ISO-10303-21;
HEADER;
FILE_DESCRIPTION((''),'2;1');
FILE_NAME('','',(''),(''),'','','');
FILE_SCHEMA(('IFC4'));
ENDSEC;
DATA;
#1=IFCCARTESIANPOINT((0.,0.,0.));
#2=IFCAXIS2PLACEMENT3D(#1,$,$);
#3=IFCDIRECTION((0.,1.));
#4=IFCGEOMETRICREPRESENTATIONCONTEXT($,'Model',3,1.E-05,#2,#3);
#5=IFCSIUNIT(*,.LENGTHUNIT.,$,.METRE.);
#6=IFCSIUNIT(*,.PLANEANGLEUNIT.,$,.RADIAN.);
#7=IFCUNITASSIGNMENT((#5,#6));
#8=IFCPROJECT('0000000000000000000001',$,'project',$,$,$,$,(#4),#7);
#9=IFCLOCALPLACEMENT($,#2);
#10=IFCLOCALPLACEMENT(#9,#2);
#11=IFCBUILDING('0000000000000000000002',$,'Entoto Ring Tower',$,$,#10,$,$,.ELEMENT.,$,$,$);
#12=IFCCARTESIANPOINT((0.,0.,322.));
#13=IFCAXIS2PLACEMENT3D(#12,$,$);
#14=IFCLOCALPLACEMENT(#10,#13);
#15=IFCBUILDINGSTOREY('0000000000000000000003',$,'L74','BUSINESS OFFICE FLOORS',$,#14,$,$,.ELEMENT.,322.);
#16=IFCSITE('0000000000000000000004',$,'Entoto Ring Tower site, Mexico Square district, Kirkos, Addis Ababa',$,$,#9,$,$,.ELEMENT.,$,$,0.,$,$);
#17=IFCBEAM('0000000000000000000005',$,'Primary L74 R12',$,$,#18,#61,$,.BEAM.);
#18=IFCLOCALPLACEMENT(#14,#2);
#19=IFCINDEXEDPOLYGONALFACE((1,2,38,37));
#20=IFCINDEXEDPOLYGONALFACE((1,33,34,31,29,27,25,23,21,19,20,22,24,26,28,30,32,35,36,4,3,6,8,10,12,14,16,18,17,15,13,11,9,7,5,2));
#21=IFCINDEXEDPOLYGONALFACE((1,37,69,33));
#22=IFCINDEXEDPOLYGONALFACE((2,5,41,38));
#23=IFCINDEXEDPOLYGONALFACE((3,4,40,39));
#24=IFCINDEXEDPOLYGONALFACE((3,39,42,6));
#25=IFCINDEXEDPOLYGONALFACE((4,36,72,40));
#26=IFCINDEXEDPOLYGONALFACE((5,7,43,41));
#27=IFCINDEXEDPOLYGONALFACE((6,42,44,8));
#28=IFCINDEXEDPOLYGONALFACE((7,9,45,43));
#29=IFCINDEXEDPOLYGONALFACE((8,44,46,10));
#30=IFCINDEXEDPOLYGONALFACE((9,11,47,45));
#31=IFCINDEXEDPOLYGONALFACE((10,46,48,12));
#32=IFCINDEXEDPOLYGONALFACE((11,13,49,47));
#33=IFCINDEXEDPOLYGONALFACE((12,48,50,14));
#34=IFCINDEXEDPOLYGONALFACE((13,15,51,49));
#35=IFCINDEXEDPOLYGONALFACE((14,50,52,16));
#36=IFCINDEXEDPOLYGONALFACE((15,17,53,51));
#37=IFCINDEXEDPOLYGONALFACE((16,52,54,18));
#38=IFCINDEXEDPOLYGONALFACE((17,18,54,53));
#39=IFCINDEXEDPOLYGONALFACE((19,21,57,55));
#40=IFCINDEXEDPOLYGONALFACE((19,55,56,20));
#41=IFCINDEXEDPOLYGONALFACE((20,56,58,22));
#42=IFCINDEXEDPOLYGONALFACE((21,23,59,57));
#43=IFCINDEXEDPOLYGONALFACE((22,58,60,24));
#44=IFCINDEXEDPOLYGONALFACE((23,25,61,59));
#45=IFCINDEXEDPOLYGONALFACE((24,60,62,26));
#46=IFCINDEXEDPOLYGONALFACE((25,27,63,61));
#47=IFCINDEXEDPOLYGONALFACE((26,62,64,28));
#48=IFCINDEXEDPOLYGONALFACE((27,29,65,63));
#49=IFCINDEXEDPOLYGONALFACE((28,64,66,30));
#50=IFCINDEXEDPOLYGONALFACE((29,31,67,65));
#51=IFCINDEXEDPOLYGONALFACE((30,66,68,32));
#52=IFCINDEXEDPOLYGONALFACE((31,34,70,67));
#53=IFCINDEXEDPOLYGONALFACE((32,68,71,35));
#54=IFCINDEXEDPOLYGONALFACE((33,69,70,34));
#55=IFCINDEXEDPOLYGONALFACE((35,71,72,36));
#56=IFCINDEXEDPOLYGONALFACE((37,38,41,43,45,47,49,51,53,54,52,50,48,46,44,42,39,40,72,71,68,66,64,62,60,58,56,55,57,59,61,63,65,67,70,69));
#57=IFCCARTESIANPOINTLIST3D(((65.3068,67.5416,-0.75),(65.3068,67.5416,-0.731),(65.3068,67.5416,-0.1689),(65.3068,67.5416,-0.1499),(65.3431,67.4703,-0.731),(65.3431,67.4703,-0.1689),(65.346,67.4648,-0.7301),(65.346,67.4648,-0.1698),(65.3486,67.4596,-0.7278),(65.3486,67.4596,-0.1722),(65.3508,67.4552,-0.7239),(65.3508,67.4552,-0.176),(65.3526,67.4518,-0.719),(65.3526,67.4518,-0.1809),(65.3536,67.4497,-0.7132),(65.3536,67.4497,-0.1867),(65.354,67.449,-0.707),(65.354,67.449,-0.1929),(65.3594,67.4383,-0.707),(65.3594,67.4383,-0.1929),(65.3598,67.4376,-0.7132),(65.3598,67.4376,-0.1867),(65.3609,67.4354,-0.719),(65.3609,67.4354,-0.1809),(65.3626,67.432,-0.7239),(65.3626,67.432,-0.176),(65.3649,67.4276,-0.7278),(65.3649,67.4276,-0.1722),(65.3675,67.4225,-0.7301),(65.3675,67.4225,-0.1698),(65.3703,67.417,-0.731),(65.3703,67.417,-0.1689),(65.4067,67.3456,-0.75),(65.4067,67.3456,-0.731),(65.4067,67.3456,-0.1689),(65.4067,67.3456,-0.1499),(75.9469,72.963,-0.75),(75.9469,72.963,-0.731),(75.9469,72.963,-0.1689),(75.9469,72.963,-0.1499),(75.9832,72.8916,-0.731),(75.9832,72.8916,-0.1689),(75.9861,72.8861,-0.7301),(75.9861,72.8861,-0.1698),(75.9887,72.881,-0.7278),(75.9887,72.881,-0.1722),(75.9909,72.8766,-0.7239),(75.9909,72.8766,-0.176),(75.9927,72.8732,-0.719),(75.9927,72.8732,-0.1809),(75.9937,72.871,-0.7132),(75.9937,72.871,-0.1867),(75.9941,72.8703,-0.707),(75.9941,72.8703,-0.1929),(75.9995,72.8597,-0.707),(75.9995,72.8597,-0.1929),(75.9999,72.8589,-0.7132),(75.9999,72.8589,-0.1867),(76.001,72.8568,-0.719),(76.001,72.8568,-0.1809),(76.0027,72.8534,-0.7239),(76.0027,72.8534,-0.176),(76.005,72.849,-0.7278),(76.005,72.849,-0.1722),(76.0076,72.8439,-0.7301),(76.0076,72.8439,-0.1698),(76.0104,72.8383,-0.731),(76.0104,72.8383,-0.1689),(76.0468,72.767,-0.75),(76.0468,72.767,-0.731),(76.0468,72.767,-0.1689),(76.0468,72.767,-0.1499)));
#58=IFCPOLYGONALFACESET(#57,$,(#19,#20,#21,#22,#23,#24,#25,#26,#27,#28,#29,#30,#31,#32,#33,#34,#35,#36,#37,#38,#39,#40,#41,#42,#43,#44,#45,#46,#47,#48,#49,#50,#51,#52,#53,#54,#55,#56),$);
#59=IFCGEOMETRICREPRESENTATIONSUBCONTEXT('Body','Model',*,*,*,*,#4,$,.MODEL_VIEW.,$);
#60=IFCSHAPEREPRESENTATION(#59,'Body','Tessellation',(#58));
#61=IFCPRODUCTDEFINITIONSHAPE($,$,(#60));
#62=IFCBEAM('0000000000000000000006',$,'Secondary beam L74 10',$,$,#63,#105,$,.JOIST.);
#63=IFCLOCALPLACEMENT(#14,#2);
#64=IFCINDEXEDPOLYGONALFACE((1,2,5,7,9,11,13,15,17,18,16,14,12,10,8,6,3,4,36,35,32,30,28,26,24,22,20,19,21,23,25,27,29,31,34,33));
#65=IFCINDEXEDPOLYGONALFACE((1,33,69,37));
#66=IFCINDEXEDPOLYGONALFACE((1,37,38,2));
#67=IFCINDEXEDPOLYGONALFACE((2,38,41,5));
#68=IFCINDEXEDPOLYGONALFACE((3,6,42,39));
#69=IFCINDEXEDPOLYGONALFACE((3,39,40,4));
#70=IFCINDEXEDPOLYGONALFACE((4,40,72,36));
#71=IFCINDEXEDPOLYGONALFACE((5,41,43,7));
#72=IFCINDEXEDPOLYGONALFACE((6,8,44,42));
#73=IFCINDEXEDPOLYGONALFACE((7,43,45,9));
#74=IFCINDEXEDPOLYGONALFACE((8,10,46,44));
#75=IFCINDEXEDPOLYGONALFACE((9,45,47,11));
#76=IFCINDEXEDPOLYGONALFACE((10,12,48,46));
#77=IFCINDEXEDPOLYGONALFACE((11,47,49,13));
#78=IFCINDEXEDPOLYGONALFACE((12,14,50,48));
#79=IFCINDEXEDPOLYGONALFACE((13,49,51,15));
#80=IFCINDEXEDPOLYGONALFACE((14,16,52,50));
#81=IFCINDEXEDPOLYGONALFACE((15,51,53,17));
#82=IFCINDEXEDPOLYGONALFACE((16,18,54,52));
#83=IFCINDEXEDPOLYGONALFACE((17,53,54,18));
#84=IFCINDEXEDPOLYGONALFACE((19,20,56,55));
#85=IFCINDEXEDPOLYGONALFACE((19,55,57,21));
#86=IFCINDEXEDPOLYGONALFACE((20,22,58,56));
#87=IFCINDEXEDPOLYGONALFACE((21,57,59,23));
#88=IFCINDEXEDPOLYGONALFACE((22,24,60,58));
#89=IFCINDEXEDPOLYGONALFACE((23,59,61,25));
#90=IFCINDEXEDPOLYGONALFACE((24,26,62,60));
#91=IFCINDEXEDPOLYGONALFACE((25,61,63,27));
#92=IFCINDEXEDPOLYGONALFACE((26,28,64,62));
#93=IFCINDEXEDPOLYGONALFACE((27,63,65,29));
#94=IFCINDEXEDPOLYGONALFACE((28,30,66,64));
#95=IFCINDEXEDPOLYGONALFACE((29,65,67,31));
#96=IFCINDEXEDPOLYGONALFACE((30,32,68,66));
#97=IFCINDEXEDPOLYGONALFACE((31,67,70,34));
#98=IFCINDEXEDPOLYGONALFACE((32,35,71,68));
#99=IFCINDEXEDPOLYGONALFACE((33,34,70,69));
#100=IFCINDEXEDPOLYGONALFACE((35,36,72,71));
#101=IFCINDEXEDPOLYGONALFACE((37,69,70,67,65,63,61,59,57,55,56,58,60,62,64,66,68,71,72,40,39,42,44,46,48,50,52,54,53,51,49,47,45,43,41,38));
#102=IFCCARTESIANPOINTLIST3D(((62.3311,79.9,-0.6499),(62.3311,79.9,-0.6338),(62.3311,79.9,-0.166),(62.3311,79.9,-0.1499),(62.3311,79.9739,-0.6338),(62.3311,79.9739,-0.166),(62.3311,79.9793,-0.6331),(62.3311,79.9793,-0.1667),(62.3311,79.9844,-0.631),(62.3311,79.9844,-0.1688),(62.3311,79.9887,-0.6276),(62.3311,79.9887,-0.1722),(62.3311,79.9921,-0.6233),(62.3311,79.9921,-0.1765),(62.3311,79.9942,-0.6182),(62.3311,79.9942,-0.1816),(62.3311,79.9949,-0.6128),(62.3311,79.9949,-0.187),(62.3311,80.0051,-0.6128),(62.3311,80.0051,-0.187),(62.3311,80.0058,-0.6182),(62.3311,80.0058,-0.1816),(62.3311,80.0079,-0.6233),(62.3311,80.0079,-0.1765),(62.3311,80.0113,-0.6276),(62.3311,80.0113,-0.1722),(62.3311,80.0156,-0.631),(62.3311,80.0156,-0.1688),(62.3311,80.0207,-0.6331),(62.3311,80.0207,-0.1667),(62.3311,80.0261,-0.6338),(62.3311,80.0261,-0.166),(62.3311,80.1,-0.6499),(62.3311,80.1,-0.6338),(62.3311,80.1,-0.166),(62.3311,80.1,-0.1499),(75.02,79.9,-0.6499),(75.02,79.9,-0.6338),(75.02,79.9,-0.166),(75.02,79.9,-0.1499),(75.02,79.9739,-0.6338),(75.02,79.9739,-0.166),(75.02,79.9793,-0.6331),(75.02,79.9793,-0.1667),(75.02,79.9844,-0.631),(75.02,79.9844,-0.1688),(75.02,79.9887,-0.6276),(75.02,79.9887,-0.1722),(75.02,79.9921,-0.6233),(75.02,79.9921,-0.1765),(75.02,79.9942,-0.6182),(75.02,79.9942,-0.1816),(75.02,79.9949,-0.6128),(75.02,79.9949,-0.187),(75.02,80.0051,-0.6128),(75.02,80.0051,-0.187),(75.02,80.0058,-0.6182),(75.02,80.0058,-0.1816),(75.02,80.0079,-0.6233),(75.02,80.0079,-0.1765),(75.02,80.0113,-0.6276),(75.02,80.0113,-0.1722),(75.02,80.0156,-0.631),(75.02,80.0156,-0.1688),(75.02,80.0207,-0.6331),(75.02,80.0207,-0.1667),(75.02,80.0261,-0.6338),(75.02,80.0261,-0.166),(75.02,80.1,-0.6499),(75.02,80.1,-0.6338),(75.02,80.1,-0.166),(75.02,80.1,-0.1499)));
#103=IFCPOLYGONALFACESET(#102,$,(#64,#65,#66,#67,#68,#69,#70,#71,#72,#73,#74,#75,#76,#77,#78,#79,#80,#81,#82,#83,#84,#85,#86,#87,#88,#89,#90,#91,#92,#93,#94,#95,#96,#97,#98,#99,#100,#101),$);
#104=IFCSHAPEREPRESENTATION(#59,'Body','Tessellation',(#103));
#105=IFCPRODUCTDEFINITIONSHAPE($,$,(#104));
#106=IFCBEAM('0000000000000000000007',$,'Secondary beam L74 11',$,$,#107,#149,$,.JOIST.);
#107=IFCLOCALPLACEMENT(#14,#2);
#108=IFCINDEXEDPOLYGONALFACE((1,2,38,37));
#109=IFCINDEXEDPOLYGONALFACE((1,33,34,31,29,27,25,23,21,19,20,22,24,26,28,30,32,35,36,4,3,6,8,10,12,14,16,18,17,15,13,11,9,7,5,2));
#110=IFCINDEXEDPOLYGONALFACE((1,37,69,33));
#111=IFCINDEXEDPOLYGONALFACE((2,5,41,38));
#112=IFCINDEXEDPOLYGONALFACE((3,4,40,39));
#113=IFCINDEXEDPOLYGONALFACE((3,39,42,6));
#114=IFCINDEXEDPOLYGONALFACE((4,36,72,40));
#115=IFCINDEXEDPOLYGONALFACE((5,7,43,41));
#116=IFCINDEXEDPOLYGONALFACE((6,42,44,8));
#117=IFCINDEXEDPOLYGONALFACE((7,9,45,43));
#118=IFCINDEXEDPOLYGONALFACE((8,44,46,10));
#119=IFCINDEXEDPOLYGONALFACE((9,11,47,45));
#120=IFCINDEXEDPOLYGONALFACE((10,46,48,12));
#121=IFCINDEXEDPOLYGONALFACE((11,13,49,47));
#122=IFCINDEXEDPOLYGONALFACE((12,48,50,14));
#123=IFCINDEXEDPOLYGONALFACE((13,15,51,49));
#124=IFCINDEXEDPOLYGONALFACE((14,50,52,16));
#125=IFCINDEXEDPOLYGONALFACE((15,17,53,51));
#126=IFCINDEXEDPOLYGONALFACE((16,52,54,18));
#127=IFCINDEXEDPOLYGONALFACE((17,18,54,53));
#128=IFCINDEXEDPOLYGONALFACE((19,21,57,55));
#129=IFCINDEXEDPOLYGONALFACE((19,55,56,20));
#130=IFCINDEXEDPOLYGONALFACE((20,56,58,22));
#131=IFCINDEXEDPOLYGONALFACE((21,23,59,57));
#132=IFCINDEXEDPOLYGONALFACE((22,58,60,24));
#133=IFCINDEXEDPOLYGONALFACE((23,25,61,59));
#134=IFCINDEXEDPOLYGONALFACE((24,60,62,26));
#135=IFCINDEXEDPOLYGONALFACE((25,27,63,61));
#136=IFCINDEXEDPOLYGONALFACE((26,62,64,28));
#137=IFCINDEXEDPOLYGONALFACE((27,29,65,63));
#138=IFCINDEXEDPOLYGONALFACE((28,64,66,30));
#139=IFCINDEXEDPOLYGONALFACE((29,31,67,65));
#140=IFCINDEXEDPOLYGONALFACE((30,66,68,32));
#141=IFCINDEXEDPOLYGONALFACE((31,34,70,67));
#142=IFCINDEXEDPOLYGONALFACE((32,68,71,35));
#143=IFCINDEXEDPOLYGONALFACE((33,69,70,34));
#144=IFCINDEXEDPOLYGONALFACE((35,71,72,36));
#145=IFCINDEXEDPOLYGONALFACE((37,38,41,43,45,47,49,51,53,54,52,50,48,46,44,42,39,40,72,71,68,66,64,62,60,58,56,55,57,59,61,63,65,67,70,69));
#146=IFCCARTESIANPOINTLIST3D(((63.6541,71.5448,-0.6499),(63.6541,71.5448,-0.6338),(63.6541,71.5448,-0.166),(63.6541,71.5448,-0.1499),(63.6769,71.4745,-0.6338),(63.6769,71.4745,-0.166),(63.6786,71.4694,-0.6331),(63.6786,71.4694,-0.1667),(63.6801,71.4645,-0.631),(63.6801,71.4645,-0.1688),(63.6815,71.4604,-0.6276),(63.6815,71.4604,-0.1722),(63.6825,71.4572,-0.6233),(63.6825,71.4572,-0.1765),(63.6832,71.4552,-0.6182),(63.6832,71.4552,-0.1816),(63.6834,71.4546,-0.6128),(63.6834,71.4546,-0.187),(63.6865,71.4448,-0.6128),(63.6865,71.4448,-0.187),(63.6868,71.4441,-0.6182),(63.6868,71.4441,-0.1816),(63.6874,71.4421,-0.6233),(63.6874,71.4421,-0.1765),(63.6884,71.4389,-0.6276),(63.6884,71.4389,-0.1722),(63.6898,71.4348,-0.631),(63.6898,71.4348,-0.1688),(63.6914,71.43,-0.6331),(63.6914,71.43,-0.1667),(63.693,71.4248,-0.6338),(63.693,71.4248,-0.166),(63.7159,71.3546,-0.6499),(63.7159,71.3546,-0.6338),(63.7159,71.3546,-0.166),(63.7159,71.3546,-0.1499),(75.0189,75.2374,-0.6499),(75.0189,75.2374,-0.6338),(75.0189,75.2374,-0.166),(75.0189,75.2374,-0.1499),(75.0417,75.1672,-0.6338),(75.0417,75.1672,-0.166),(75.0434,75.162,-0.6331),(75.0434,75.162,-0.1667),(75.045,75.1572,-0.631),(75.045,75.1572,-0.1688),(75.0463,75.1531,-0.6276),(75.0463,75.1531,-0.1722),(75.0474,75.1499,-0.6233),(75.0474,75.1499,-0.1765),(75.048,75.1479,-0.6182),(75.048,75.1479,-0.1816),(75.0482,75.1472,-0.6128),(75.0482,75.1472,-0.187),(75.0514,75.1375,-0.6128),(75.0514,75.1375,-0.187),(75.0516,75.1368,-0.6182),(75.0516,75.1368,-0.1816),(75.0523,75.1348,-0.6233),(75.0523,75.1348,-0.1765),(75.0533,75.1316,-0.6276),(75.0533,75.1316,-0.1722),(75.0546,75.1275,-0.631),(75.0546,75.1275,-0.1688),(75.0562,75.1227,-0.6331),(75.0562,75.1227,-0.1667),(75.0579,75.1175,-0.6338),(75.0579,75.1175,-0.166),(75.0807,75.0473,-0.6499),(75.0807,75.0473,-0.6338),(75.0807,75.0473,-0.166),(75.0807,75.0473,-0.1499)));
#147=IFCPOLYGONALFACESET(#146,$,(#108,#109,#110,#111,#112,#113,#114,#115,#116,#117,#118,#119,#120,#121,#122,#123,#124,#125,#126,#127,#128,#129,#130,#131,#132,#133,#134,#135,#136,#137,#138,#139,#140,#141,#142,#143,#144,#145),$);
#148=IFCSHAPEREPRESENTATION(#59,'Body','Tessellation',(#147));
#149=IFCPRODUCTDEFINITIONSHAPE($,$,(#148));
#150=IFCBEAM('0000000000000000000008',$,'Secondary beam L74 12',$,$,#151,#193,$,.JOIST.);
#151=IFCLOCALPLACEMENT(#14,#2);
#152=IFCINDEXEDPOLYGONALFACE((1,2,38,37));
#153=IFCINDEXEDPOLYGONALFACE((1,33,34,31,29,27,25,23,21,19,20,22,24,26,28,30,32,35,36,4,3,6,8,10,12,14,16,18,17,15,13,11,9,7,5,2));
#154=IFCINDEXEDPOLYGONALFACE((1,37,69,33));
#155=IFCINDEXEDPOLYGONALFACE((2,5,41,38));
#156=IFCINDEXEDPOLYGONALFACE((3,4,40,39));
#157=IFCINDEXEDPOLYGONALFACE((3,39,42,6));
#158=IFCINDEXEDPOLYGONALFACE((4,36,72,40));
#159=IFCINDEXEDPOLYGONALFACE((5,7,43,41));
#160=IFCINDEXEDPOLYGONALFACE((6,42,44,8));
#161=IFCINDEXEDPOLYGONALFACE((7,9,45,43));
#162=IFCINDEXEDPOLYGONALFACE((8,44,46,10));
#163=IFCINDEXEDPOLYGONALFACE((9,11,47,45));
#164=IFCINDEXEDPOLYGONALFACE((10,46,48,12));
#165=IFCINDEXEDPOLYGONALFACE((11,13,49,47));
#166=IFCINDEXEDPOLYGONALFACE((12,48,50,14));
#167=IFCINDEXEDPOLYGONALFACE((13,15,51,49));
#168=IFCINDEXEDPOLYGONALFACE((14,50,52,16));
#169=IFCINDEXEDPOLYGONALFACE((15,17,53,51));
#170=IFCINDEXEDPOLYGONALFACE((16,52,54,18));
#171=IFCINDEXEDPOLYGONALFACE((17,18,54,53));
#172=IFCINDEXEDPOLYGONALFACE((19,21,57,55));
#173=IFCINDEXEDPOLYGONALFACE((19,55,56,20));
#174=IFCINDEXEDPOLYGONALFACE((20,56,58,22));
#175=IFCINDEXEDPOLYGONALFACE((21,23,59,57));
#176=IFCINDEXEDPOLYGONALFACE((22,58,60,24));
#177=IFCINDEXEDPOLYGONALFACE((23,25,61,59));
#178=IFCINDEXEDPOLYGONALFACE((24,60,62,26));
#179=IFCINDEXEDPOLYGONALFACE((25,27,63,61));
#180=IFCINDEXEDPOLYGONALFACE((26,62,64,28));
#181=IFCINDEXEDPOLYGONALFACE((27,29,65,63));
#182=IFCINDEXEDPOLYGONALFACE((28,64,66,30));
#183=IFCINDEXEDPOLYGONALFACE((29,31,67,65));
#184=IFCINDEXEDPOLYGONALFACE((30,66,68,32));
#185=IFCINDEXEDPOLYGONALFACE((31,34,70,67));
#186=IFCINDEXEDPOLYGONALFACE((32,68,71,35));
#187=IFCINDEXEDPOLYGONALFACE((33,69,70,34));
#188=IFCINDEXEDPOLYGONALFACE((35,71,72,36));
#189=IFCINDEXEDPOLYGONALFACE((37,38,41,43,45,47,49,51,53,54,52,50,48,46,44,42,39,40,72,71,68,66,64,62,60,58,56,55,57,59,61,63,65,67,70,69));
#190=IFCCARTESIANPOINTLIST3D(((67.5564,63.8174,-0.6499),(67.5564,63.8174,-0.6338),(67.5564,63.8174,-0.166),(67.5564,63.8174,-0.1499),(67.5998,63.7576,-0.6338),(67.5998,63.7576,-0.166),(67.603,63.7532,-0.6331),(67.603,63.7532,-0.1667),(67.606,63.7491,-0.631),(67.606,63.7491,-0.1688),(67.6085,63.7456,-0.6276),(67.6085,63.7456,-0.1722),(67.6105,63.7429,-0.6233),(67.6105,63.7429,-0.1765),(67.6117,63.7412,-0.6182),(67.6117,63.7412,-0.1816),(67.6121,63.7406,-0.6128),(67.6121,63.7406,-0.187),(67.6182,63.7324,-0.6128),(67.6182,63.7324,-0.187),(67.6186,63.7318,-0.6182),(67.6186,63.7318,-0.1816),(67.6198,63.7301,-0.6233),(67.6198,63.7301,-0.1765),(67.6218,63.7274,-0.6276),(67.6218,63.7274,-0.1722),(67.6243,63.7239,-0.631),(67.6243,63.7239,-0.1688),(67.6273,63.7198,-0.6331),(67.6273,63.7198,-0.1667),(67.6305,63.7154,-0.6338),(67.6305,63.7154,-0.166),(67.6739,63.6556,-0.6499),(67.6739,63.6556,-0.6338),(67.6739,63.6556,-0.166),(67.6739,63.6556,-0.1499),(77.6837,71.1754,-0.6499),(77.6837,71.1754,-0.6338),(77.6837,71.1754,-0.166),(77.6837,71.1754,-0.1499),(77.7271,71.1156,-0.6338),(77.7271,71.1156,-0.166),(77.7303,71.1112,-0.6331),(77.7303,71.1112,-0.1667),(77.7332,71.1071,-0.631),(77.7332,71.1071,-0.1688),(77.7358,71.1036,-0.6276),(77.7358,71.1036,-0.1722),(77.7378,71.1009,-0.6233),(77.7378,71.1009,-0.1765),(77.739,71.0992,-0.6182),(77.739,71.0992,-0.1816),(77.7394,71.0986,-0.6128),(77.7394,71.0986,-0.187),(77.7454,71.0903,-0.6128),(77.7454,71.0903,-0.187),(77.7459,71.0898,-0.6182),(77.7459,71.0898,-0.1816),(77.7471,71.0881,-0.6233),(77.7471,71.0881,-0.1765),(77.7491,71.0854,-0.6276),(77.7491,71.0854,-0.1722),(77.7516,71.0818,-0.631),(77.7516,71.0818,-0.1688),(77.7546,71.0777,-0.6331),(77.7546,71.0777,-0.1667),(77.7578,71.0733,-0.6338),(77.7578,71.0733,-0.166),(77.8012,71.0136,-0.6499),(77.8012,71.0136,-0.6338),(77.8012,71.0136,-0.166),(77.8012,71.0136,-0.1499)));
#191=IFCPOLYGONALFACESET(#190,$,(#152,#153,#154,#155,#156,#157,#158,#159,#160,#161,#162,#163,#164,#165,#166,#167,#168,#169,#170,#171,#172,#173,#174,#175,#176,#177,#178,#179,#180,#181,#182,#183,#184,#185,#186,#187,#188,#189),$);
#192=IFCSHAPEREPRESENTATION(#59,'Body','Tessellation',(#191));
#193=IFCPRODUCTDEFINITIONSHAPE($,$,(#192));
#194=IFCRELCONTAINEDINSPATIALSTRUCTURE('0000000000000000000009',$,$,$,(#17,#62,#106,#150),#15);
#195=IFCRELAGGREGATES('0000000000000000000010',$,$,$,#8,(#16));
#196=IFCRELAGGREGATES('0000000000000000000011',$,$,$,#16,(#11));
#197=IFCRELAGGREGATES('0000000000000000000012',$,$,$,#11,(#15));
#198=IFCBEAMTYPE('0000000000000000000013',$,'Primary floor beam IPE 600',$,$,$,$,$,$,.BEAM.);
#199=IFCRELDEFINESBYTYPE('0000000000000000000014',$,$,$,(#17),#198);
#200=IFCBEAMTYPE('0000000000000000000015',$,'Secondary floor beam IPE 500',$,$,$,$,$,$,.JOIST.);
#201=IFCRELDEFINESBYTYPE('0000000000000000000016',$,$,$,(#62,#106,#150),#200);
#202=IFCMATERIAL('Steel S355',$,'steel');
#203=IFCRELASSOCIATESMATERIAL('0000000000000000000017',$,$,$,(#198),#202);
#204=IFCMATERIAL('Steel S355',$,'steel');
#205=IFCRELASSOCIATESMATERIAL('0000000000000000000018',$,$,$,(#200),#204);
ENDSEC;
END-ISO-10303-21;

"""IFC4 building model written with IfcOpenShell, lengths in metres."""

from ifc_helpers import new_model, si_unit, direction, frame, origin, origin_2d, place, context, subcontext, project, spatial, i_section, extrude, material, material_profile, profile_set, type_object, element, save


model = new_model("IFC4")

# Units and contexts
model_context = context("Model", 3, precision=1e-05, world=origin(), true_north=direction((0.0, 1.0)))
body_context = subcontext(model_context, "Body", "Model", "MODEL_VIEW")
ifc_project = project(units=[si_unit("LENGTHUNIT", "METRE"), si_unit("PLANEANGLEUNIT", "RADIAN")], contexts=[model_context])

# Site, building, storey
site_placement = place(None, origin())
site = spatial("IfcSite", under=ifc_project, at=site_placement, Name="Entoto Ring Tower site, Mexico Square district, Kirkos, Addis Ababa", CompositionType="ELEMENT", RefElevation=0.0)
building_placement = place(site_placement, origin())
building = spatial("IfcBuilding", under=site, at=building_placement, Name="Entoto Ring Tower", CompositionType="ELEMENT")
storey_placement = place(building_placement, frame((0.0, 0.0, 322.0)))
storey = spatial("IfcBuildingStorey", under=building, at=storey_placement, Name="L74", Description="BUSINESS OFFICE FLOORS", CompositionType="ELEMENT", Elevation=322.0)

# Beams
ifc_material_1 = material(Name="Steel S355", Category="steel")
ifc_material_profile_1 = material_profile(ifc_material_1, i_section(OverallWidth=0.22, OverallDepth=0.6001, WebThickness=0.012, FlangeThickness=0.019, FilletRadius=0.0239, at=origin_2d()), Name="IPE 600")
ifc_profile_set_1 = profile_set([ifc_material_profile_1], Name="Steel S355")
beam_type_1 = type_object("IfcBeamType", Name="Primary floor beam IPE 600", PredefinedType="BEAM", material=ifc_profile_set_1)
beam_1_placement = place(storey_placement, frame((75.9968, 72.865, -0.45), z_axis=(-0.891008, -0.453988, 0.0), x_axis=(0.453988, -0.891008, 0.0)))
element("IfcBeam", 1, at=beam_1_placement, inside=storey, type_object=beam_type_1, Name="Primary L74 R12", PredefinedType="BEAM", context=body_context, shape_type="SweptSolid", body=[
    extrude(i_section(OverallWidth=0.22, OverallDepth=0.6001, WebThickness=0.012, FlangeThickness=0.019, FilletRadius=0.0239, at=origin_2d()), origin(), (0.0, 0.0, 1.0), 11.9417),
])
ifc_material_2 = material(Name="Steel S355", Category="steel")
ifc_material_profile_2 = material_profile(ifc_material_2, i_section(OverallWidth=0.2, OverallDepth=0.5, WebThickness=0.0103, FlangeThickness=0.0161, FilletRadius=0.021, at=origin_2d()), Name="IPE 500")
ifc_profile_set_2 = profile_set([ifc_material_profile_2], Name="Steel S355")
beam_type_2 = type_object("IfcBeamType", Name="Secondary floor beam IPE 500", PredefinedType="JOIST", material=ifc_profile_set_2)
beam_2_placement = place(storey_placement, frame((75.02, 80.0, -0.3999), z_axis=(-1.0, 0.0, 0.0), x_axis=(0.0, -1.0, 0.0)))
element("IfcBeam", 2, at=beam_2_placement, inside=storey, type_object=beam_type_2, Name="Secondary beam L74 10", PredefinedType="JOIST", context=body_context, shape_type="SweptSolid", body=[
    extrude(i_section(OverallWidth=0.2, OverallDepth=0.5, WebThickness=0.0103, FlangeThickness=0.0161, FilletRadius=0.021, at=origin_2d()), origin(), (0.0, 0.0, 1.0), 12.689),
])
beam_3_placement = place(storey_placement, frame((75.0498, 75.1423, -0.3999), z_axis=(-0.951057, -0.309017, 0.0), x_axis=(0.309017, -0.951057, 0.0)))
element("IfcBeam", 3, at=beam_3_placement, inside=storey, type_object=beam_type_2, Name="Secondary beam L74 11", PredefinedType="JOIST", context=body_context, shape_type="SweptSolid", body=[
    extrude(i_section(OverallWidth=0.2, OverallDepth=0.5, WebThickness=0.0103, FlangeThickness=0.0161, FilletRadius=0.021, at=origin_2d()), origin(), (0.0, 0.0, 1.0), 11.9497),
])
beam_4_placement = place(storey_placement, frame((77.7424, 71.0945, -0.3999), z_axis=(-0.809014, -0.587789, 0.0), x_axis=(0.587789, -0.809014, 0.0)))
element("IfcBeam", 4, at=beam_4_placement, inside=storey, type_object=beam_type_2, Name="Secondary beam L74 12", PredefinedType="JOIST", context=body_context, shape_type="SweptSolid", body=[
    extrude(i_section(OverallWidth=0.2, OverallDepth=0.5, WebThickness=0.0103, FlangeThickness=0.0161, FilletRadius=0.021, at=origin_2d()), origin(), (0.0, 0.0, 1.0), 12.5181),
])

save(model, "model.ifc")
